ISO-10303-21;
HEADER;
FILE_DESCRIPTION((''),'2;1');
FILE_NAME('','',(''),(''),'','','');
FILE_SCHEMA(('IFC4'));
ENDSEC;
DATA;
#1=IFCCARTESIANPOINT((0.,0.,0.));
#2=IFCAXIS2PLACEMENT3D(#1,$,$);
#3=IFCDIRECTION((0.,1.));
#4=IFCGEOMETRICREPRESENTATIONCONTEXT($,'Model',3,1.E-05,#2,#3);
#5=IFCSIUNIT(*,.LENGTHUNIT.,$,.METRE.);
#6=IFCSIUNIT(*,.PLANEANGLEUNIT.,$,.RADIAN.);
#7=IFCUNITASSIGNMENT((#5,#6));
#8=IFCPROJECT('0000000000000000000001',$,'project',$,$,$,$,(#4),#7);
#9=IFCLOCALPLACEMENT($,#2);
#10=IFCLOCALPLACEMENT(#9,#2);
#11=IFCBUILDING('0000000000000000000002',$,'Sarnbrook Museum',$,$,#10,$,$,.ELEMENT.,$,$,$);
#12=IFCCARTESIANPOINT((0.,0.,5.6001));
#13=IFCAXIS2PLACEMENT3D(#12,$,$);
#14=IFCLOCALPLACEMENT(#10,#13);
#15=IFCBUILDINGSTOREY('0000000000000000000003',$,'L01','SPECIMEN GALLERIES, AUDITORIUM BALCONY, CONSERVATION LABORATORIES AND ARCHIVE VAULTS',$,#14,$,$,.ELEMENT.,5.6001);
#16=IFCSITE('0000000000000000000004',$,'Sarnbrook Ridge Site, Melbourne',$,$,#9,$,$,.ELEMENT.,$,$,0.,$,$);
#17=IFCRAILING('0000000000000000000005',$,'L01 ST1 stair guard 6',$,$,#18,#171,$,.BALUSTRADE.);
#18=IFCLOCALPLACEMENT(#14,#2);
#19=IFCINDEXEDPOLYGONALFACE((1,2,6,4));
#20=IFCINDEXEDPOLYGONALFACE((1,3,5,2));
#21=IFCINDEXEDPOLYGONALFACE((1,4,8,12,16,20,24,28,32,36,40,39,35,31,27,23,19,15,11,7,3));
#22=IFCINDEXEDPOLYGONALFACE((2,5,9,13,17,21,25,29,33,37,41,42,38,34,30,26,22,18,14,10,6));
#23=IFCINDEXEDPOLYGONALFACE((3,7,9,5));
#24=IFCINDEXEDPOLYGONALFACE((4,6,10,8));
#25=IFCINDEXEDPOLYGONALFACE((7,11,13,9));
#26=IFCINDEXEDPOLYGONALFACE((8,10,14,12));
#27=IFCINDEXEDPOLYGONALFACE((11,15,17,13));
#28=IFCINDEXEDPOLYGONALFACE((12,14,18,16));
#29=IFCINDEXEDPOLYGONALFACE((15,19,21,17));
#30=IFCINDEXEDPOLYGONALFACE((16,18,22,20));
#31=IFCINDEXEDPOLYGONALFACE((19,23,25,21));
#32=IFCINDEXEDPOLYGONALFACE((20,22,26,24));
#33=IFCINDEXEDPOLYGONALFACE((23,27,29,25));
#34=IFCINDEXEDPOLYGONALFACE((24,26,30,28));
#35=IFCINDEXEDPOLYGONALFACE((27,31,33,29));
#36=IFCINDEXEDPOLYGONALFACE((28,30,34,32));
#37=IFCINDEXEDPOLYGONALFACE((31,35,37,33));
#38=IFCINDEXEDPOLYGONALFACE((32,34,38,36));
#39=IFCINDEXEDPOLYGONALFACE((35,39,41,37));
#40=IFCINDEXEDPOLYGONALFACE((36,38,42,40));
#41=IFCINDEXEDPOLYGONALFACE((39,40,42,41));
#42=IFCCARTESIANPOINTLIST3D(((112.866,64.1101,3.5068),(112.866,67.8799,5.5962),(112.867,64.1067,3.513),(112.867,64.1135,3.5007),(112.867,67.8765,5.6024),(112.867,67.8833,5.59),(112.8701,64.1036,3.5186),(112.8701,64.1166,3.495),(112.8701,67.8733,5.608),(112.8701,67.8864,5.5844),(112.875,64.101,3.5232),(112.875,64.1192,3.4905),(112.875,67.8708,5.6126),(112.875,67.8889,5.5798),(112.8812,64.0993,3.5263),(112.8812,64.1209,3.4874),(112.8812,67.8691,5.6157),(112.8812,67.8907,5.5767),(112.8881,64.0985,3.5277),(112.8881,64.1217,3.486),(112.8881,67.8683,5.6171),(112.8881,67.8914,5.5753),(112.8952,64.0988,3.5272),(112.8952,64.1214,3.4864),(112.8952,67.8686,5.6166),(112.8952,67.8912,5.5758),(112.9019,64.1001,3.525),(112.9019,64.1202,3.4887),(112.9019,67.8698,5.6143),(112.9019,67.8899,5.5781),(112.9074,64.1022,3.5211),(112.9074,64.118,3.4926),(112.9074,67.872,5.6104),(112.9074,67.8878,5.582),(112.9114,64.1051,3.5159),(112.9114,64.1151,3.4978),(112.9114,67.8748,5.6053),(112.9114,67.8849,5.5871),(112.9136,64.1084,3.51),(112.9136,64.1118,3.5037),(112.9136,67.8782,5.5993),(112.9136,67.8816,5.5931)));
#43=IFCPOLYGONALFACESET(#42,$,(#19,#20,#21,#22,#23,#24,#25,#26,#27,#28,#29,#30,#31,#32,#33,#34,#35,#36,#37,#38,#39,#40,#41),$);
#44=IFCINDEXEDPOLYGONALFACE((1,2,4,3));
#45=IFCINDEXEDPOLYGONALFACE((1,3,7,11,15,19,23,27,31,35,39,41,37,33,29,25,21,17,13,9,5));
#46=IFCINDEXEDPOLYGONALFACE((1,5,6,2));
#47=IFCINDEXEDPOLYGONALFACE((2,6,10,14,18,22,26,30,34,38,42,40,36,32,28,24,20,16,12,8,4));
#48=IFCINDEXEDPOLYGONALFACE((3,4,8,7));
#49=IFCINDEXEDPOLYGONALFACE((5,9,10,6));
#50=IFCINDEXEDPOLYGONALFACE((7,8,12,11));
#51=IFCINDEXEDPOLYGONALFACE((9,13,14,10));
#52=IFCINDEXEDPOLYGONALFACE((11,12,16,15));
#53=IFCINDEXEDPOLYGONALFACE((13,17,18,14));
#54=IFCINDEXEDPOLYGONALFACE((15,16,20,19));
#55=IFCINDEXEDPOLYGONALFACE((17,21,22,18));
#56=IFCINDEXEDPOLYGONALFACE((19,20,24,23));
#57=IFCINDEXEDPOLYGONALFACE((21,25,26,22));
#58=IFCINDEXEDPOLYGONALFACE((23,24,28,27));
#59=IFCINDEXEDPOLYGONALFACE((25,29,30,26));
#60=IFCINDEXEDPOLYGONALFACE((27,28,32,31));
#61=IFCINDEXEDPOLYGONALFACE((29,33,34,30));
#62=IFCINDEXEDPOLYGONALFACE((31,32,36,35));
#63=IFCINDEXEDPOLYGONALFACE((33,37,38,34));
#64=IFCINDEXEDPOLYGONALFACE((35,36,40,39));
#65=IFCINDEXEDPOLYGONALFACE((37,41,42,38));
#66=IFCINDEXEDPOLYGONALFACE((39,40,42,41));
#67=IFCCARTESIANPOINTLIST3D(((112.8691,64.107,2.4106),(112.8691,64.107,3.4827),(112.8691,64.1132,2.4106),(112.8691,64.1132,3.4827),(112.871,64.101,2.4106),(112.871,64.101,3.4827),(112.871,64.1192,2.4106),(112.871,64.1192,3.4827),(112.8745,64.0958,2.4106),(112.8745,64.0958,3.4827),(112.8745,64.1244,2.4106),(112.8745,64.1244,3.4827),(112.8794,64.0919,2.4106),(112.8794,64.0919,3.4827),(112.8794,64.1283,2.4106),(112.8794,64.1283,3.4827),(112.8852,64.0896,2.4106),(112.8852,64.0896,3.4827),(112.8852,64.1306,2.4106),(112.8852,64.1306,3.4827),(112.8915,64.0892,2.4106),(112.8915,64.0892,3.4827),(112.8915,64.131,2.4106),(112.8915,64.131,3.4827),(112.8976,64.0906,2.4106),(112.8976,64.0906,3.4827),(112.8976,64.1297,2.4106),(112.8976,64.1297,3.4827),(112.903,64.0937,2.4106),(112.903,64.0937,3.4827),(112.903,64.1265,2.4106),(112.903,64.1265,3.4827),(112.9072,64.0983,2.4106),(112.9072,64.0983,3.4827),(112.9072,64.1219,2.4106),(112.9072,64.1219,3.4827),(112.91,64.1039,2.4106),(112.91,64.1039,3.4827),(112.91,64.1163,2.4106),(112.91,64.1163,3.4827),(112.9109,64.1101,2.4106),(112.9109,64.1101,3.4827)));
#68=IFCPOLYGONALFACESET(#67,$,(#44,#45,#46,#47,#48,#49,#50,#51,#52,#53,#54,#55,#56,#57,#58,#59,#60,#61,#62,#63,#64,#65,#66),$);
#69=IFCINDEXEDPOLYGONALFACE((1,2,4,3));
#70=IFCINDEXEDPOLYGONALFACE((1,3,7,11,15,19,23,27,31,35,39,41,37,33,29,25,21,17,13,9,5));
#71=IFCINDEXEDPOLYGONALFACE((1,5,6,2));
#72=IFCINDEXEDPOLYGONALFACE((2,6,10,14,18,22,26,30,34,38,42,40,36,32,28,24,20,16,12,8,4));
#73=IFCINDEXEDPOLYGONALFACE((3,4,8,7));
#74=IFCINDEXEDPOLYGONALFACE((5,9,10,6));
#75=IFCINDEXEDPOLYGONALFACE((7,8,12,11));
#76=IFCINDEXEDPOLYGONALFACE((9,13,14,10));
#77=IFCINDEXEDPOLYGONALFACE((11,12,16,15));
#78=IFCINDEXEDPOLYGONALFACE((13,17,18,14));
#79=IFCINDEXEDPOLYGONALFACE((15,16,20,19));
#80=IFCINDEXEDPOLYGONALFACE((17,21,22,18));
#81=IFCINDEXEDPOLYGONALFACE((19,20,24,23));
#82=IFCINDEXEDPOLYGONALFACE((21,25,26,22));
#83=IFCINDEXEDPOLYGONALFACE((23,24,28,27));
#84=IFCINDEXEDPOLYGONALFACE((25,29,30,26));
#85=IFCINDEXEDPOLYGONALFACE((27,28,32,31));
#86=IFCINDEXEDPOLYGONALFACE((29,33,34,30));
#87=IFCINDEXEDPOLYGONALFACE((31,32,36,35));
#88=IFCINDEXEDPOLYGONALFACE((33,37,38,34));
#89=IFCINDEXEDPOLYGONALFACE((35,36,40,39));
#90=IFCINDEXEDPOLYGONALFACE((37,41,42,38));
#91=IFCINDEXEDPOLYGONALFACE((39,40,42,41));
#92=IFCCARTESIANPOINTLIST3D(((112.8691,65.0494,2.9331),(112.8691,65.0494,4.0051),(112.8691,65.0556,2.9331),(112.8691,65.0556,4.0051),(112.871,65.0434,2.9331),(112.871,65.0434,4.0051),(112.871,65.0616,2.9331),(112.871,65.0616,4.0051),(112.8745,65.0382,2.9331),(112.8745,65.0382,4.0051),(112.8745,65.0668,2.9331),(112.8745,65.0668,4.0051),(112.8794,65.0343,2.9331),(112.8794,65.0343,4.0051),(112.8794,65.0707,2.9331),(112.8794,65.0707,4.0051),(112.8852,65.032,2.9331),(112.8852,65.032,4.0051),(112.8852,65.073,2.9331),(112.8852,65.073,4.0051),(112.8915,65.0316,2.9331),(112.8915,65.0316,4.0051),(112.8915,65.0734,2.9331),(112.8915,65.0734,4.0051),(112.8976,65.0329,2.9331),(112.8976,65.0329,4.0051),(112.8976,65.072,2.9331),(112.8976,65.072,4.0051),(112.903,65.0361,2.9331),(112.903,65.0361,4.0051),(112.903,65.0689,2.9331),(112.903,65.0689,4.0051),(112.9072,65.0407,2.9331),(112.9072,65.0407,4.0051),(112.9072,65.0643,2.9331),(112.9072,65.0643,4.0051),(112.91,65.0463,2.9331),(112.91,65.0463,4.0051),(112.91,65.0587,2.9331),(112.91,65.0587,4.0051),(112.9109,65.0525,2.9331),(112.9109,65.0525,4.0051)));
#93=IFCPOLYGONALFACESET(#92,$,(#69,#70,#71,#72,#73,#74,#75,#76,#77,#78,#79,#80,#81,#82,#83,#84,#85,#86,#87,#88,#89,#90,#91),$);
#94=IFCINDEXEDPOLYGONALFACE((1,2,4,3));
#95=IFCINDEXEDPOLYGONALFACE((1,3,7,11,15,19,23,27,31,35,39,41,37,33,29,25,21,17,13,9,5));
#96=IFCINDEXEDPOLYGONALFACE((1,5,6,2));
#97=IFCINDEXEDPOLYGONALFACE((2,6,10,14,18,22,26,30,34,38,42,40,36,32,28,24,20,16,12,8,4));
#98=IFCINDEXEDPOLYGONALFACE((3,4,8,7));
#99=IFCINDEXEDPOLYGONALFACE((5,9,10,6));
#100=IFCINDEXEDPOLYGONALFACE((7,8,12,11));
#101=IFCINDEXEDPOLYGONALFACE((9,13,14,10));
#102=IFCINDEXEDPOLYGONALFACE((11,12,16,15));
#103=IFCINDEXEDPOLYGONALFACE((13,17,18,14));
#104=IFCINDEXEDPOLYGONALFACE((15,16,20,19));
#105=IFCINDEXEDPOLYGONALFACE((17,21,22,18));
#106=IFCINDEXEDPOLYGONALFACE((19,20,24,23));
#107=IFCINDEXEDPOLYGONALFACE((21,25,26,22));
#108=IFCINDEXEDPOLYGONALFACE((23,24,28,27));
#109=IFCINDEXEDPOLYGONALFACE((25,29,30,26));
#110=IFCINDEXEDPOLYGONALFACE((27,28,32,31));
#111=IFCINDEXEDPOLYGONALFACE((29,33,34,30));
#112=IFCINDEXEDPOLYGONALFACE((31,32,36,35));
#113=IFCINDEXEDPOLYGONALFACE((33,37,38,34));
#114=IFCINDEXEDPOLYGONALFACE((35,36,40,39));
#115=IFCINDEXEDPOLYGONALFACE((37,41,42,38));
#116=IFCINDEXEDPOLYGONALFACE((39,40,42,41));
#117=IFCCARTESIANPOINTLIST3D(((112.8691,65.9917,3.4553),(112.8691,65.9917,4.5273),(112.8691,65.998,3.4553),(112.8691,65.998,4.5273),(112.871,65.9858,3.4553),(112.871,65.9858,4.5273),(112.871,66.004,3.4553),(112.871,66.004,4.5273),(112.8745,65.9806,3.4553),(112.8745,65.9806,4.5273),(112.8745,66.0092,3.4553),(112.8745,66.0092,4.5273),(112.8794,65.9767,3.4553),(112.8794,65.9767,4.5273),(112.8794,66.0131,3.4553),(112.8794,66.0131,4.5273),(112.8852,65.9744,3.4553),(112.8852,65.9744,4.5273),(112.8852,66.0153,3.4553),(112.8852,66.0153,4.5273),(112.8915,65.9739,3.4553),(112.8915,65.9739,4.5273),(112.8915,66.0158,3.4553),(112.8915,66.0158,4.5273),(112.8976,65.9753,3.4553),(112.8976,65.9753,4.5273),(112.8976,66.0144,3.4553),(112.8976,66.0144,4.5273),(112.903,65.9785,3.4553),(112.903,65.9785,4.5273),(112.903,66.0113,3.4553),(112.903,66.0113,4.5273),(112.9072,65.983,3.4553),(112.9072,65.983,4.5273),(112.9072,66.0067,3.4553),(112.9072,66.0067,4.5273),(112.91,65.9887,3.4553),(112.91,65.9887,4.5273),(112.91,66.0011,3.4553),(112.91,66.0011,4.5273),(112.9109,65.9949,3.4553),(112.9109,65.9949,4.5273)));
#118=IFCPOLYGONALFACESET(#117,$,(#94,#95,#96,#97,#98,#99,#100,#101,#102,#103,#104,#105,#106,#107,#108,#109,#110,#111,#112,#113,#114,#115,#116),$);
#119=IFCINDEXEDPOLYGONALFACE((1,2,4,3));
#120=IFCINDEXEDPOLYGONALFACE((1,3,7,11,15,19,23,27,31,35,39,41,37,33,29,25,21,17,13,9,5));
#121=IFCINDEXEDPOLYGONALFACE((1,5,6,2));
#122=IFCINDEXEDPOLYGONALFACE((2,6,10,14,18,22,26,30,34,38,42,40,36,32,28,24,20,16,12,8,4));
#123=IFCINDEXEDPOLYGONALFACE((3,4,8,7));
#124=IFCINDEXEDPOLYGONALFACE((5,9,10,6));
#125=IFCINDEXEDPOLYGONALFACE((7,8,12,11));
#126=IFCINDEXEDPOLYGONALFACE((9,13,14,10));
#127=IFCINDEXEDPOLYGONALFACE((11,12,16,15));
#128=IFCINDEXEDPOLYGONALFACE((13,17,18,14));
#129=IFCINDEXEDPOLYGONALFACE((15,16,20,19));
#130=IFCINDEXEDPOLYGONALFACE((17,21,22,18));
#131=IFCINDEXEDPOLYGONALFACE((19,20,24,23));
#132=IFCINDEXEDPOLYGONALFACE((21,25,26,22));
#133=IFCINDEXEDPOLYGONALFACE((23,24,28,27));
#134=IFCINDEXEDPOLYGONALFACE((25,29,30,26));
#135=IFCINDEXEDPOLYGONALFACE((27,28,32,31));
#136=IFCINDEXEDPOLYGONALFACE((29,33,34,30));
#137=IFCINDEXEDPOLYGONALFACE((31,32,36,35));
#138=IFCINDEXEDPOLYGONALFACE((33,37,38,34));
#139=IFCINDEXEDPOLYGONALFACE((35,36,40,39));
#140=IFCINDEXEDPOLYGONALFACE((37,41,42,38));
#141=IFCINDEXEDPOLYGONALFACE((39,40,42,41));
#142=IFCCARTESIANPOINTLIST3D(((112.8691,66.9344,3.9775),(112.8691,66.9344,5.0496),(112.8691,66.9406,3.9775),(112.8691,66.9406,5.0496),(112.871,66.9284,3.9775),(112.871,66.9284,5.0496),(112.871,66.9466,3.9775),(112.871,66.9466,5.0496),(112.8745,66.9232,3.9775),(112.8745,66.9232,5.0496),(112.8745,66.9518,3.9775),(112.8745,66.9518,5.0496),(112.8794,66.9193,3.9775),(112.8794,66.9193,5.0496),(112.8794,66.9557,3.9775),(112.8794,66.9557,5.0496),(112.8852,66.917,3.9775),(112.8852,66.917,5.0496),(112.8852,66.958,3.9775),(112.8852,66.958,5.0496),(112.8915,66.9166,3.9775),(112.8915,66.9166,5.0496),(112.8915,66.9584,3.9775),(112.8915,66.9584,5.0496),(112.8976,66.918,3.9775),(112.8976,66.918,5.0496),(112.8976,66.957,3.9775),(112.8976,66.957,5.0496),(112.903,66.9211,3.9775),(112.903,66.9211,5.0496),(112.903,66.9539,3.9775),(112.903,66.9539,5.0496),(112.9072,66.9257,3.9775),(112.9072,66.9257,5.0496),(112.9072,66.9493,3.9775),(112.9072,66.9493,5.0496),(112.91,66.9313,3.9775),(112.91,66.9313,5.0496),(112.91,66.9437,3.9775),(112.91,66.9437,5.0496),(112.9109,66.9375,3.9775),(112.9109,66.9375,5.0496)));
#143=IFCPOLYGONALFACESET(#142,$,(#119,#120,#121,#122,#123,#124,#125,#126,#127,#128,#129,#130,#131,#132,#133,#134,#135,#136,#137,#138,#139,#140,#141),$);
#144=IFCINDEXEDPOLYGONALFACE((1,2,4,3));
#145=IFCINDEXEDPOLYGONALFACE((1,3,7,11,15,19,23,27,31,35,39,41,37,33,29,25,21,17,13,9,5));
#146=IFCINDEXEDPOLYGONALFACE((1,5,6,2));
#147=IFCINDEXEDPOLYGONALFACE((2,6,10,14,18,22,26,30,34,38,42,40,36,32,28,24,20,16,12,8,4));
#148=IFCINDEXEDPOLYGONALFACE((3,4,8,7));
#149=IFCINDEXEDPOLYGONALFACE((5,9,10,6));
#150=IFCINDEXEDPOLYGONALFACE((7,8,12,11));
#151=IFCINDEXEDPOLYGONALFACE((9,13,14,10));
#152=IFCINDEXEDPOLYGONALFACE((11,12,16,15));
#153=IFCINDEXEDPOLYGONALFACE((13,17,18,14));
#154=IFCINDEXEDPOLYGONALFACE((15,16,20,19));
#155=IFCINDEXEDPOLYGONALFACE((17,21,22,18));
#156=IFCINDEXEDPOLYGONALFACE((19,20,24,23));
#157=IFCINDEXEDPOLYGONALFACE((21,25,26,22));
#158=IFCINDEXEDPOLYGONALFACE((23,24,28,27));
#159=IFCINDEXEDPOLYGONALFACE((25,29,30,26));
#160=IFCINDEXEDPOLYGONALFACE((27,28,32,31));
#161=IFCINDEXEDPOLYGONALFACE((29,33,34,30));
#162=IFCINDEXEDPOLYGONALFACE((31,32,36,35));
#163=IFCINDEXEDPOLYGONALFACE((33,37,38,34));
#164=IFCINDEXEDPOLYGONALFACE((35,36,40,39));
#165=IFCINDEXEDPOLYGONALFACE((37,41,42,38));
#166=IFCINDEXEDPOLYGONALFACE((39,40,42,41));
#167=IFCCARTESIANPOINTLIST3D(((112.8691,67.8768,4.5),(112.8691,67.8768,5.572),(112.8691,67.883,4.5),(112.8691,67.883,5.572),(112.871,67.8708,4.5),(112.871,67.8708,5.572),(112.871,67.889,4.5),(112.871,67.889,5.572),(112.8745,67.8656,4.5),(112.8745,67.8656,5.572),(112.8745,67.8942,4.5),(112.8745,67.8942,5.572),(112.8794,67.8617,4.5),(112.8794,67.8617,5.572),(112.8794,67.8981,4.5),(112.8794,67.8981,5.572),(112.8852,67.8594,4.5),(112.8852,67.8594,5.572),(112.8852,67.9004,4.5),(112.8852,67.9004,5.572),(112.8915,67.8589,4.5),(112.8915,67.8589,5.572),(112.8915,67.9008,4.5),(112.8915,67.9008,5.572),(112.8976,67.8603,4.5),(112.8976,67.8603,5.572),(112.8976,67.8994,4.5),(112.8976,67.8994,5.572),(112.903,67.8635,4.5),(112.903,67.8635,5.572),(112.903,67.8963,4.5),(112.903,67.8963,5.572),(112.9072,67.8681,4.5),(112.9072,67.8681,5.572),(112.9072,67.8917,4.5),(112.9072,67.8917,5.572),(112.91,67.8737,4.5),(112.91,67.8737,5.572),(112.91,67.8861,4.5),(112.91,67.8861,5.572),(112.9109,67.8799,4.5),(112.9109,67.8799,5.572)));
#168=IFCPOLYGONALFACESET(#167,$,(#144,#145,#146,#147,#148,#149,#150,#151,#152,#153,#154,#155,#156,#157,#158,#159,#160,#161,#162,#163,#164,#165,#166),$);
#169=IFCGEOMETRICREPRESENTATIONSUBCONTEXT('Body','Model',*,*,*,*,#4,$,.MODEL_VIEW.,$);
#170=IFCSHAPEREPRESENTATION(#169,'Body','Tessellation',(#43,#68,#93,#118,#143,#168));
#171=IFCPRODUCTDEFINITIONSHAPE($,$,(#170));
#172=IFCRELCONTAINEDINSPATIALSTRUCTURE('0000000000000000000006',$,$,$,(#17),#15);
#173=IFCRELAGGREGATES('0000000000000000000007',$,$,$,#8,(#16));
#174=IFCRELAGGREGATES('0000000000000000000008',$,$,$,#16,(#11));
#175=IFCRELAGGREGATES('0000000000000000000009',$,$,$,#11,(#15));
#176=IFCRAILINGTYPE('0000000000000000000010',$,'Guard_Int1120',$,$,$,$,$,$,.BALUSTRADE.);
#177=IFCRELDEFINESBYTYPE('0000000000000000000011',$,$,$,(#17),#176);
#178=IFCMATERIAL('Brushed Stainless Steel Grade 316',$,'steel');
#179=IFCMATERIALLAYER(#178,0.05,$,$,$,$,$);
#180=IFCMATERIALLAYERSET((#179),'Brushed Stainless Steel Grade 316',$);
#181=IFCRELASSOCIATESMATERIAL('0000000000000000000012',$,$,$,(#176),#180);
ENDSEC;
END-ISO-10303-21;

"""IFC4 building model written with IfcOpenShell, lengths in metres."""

from ifc_helpers import new_model, si_unit, direction, frame, origin, origin_2d, place, context, subcontext, project, spatial, circle, extrude, material, layer, layer_set, type_object, element, save


model = new_model("IFC4")

# Units and contexts
model_context = context("Model", 3, precision=1e-05, world=origin(), true_north=direction((0.0, 1.0)))
body_context = subcontext(model_context, "Body", "Model", "MODEL_VIEW")
ifc_project = project(units=[si_unit("LENGTHUNIT", "METRE"), si_unit("PLANEANGLEUNIT", "RADIAN")], contexts=[model_context])

# Site, building, storey
site_placement = place(None, origin())
site = spatial("IfcSite", under=ifc_project, at=site_placement, Name="Sarnbrook Ridge Site, Melbourne", CompositionType="ELEMENT", RefElevation=0.0)
building_placement = place(site_placement, origin())
building = spatial("IfcBuilding", under=site, at=building_placement, Name="Sarnbrook Museum", CompositionType="ELEMENT")
storey_placement = place(building_placement, frame((0.0, 0.0, 5.6001)))
storey = spatial("IfcBuildingStorey", under=building, at=storey_placement, Name="L01", Description="SPECIMEN GALLERIES, AUDITORIUM BALCONY, CONSERVATION LABORATORIES AND ARCHIVE VAULTS", CompositionType="ELEMENT", Elevation=5.6001)

# Railing
ifc_material_1 = material(Name="Brushed Stainless Steel Grade 316", Category="steel")
ifc_layer_1 = layer(ifc_material_1, 0.05)
ifc_layer_set_1 = layer_set([ifc_layer_1], Name="Brushed Stainless Steel Grade 316")
railing_type_1 = type_object("IfcRailingType", Name="Guard_Int1120", PredefinedType="BALUSTRADE", material=ifc_layer_set_1)
railing_1_placement = place(storey_placement, frame((112.8899, 64.1101, 2.4106)))
element("IfcRailing", 1, at=railing_1_placement, inside=storey, type_object=railing_type_1, Name="L01 ST1 stair guard 6", PredefinedType="BALUSTRADE", context=body_context, shape_type="SweptSolid", body=[
    extrude(circle(Radius=0.0239, at=origin_2d()), frame((0.0, 0.0, 1.0962), z_axis=(0.0, 0.874646, 0.484763), x_axis=(-1.0, 0.0, 0.0)), (0.0, 0.0, 1.0), 4.3101),
    extrude(circle(Radius=0.021, at=origin_2d()), origin(), (0.0, 0.0, 1.0), 1.072),
    extrude(circle(Radius=0.021, at=origin_2d()), frame((0.0, 0.9424, 0.5225)), (0.0, 0.0, 1.0), 1.072),
    extrude(circle(Radius=0.021, at=origin_2d()), frame((0.0, 1.8848, 1.0447)), (0.0, 0.0, 1.0), 1.072),
    extrude(circle(Radius=0.021, at=origin_2d()), frame((0.0, 2.8274, 1.5669)), (0.0, 0.0, 1.0), 1.072),
    extrude(circle(Radius=0.021, at=origin_2d()), frame((0.0, 3.7698, 2.0894)), (0.0, 0.0, 1.0), 1.072),
])

save(model, "model.ifc")
